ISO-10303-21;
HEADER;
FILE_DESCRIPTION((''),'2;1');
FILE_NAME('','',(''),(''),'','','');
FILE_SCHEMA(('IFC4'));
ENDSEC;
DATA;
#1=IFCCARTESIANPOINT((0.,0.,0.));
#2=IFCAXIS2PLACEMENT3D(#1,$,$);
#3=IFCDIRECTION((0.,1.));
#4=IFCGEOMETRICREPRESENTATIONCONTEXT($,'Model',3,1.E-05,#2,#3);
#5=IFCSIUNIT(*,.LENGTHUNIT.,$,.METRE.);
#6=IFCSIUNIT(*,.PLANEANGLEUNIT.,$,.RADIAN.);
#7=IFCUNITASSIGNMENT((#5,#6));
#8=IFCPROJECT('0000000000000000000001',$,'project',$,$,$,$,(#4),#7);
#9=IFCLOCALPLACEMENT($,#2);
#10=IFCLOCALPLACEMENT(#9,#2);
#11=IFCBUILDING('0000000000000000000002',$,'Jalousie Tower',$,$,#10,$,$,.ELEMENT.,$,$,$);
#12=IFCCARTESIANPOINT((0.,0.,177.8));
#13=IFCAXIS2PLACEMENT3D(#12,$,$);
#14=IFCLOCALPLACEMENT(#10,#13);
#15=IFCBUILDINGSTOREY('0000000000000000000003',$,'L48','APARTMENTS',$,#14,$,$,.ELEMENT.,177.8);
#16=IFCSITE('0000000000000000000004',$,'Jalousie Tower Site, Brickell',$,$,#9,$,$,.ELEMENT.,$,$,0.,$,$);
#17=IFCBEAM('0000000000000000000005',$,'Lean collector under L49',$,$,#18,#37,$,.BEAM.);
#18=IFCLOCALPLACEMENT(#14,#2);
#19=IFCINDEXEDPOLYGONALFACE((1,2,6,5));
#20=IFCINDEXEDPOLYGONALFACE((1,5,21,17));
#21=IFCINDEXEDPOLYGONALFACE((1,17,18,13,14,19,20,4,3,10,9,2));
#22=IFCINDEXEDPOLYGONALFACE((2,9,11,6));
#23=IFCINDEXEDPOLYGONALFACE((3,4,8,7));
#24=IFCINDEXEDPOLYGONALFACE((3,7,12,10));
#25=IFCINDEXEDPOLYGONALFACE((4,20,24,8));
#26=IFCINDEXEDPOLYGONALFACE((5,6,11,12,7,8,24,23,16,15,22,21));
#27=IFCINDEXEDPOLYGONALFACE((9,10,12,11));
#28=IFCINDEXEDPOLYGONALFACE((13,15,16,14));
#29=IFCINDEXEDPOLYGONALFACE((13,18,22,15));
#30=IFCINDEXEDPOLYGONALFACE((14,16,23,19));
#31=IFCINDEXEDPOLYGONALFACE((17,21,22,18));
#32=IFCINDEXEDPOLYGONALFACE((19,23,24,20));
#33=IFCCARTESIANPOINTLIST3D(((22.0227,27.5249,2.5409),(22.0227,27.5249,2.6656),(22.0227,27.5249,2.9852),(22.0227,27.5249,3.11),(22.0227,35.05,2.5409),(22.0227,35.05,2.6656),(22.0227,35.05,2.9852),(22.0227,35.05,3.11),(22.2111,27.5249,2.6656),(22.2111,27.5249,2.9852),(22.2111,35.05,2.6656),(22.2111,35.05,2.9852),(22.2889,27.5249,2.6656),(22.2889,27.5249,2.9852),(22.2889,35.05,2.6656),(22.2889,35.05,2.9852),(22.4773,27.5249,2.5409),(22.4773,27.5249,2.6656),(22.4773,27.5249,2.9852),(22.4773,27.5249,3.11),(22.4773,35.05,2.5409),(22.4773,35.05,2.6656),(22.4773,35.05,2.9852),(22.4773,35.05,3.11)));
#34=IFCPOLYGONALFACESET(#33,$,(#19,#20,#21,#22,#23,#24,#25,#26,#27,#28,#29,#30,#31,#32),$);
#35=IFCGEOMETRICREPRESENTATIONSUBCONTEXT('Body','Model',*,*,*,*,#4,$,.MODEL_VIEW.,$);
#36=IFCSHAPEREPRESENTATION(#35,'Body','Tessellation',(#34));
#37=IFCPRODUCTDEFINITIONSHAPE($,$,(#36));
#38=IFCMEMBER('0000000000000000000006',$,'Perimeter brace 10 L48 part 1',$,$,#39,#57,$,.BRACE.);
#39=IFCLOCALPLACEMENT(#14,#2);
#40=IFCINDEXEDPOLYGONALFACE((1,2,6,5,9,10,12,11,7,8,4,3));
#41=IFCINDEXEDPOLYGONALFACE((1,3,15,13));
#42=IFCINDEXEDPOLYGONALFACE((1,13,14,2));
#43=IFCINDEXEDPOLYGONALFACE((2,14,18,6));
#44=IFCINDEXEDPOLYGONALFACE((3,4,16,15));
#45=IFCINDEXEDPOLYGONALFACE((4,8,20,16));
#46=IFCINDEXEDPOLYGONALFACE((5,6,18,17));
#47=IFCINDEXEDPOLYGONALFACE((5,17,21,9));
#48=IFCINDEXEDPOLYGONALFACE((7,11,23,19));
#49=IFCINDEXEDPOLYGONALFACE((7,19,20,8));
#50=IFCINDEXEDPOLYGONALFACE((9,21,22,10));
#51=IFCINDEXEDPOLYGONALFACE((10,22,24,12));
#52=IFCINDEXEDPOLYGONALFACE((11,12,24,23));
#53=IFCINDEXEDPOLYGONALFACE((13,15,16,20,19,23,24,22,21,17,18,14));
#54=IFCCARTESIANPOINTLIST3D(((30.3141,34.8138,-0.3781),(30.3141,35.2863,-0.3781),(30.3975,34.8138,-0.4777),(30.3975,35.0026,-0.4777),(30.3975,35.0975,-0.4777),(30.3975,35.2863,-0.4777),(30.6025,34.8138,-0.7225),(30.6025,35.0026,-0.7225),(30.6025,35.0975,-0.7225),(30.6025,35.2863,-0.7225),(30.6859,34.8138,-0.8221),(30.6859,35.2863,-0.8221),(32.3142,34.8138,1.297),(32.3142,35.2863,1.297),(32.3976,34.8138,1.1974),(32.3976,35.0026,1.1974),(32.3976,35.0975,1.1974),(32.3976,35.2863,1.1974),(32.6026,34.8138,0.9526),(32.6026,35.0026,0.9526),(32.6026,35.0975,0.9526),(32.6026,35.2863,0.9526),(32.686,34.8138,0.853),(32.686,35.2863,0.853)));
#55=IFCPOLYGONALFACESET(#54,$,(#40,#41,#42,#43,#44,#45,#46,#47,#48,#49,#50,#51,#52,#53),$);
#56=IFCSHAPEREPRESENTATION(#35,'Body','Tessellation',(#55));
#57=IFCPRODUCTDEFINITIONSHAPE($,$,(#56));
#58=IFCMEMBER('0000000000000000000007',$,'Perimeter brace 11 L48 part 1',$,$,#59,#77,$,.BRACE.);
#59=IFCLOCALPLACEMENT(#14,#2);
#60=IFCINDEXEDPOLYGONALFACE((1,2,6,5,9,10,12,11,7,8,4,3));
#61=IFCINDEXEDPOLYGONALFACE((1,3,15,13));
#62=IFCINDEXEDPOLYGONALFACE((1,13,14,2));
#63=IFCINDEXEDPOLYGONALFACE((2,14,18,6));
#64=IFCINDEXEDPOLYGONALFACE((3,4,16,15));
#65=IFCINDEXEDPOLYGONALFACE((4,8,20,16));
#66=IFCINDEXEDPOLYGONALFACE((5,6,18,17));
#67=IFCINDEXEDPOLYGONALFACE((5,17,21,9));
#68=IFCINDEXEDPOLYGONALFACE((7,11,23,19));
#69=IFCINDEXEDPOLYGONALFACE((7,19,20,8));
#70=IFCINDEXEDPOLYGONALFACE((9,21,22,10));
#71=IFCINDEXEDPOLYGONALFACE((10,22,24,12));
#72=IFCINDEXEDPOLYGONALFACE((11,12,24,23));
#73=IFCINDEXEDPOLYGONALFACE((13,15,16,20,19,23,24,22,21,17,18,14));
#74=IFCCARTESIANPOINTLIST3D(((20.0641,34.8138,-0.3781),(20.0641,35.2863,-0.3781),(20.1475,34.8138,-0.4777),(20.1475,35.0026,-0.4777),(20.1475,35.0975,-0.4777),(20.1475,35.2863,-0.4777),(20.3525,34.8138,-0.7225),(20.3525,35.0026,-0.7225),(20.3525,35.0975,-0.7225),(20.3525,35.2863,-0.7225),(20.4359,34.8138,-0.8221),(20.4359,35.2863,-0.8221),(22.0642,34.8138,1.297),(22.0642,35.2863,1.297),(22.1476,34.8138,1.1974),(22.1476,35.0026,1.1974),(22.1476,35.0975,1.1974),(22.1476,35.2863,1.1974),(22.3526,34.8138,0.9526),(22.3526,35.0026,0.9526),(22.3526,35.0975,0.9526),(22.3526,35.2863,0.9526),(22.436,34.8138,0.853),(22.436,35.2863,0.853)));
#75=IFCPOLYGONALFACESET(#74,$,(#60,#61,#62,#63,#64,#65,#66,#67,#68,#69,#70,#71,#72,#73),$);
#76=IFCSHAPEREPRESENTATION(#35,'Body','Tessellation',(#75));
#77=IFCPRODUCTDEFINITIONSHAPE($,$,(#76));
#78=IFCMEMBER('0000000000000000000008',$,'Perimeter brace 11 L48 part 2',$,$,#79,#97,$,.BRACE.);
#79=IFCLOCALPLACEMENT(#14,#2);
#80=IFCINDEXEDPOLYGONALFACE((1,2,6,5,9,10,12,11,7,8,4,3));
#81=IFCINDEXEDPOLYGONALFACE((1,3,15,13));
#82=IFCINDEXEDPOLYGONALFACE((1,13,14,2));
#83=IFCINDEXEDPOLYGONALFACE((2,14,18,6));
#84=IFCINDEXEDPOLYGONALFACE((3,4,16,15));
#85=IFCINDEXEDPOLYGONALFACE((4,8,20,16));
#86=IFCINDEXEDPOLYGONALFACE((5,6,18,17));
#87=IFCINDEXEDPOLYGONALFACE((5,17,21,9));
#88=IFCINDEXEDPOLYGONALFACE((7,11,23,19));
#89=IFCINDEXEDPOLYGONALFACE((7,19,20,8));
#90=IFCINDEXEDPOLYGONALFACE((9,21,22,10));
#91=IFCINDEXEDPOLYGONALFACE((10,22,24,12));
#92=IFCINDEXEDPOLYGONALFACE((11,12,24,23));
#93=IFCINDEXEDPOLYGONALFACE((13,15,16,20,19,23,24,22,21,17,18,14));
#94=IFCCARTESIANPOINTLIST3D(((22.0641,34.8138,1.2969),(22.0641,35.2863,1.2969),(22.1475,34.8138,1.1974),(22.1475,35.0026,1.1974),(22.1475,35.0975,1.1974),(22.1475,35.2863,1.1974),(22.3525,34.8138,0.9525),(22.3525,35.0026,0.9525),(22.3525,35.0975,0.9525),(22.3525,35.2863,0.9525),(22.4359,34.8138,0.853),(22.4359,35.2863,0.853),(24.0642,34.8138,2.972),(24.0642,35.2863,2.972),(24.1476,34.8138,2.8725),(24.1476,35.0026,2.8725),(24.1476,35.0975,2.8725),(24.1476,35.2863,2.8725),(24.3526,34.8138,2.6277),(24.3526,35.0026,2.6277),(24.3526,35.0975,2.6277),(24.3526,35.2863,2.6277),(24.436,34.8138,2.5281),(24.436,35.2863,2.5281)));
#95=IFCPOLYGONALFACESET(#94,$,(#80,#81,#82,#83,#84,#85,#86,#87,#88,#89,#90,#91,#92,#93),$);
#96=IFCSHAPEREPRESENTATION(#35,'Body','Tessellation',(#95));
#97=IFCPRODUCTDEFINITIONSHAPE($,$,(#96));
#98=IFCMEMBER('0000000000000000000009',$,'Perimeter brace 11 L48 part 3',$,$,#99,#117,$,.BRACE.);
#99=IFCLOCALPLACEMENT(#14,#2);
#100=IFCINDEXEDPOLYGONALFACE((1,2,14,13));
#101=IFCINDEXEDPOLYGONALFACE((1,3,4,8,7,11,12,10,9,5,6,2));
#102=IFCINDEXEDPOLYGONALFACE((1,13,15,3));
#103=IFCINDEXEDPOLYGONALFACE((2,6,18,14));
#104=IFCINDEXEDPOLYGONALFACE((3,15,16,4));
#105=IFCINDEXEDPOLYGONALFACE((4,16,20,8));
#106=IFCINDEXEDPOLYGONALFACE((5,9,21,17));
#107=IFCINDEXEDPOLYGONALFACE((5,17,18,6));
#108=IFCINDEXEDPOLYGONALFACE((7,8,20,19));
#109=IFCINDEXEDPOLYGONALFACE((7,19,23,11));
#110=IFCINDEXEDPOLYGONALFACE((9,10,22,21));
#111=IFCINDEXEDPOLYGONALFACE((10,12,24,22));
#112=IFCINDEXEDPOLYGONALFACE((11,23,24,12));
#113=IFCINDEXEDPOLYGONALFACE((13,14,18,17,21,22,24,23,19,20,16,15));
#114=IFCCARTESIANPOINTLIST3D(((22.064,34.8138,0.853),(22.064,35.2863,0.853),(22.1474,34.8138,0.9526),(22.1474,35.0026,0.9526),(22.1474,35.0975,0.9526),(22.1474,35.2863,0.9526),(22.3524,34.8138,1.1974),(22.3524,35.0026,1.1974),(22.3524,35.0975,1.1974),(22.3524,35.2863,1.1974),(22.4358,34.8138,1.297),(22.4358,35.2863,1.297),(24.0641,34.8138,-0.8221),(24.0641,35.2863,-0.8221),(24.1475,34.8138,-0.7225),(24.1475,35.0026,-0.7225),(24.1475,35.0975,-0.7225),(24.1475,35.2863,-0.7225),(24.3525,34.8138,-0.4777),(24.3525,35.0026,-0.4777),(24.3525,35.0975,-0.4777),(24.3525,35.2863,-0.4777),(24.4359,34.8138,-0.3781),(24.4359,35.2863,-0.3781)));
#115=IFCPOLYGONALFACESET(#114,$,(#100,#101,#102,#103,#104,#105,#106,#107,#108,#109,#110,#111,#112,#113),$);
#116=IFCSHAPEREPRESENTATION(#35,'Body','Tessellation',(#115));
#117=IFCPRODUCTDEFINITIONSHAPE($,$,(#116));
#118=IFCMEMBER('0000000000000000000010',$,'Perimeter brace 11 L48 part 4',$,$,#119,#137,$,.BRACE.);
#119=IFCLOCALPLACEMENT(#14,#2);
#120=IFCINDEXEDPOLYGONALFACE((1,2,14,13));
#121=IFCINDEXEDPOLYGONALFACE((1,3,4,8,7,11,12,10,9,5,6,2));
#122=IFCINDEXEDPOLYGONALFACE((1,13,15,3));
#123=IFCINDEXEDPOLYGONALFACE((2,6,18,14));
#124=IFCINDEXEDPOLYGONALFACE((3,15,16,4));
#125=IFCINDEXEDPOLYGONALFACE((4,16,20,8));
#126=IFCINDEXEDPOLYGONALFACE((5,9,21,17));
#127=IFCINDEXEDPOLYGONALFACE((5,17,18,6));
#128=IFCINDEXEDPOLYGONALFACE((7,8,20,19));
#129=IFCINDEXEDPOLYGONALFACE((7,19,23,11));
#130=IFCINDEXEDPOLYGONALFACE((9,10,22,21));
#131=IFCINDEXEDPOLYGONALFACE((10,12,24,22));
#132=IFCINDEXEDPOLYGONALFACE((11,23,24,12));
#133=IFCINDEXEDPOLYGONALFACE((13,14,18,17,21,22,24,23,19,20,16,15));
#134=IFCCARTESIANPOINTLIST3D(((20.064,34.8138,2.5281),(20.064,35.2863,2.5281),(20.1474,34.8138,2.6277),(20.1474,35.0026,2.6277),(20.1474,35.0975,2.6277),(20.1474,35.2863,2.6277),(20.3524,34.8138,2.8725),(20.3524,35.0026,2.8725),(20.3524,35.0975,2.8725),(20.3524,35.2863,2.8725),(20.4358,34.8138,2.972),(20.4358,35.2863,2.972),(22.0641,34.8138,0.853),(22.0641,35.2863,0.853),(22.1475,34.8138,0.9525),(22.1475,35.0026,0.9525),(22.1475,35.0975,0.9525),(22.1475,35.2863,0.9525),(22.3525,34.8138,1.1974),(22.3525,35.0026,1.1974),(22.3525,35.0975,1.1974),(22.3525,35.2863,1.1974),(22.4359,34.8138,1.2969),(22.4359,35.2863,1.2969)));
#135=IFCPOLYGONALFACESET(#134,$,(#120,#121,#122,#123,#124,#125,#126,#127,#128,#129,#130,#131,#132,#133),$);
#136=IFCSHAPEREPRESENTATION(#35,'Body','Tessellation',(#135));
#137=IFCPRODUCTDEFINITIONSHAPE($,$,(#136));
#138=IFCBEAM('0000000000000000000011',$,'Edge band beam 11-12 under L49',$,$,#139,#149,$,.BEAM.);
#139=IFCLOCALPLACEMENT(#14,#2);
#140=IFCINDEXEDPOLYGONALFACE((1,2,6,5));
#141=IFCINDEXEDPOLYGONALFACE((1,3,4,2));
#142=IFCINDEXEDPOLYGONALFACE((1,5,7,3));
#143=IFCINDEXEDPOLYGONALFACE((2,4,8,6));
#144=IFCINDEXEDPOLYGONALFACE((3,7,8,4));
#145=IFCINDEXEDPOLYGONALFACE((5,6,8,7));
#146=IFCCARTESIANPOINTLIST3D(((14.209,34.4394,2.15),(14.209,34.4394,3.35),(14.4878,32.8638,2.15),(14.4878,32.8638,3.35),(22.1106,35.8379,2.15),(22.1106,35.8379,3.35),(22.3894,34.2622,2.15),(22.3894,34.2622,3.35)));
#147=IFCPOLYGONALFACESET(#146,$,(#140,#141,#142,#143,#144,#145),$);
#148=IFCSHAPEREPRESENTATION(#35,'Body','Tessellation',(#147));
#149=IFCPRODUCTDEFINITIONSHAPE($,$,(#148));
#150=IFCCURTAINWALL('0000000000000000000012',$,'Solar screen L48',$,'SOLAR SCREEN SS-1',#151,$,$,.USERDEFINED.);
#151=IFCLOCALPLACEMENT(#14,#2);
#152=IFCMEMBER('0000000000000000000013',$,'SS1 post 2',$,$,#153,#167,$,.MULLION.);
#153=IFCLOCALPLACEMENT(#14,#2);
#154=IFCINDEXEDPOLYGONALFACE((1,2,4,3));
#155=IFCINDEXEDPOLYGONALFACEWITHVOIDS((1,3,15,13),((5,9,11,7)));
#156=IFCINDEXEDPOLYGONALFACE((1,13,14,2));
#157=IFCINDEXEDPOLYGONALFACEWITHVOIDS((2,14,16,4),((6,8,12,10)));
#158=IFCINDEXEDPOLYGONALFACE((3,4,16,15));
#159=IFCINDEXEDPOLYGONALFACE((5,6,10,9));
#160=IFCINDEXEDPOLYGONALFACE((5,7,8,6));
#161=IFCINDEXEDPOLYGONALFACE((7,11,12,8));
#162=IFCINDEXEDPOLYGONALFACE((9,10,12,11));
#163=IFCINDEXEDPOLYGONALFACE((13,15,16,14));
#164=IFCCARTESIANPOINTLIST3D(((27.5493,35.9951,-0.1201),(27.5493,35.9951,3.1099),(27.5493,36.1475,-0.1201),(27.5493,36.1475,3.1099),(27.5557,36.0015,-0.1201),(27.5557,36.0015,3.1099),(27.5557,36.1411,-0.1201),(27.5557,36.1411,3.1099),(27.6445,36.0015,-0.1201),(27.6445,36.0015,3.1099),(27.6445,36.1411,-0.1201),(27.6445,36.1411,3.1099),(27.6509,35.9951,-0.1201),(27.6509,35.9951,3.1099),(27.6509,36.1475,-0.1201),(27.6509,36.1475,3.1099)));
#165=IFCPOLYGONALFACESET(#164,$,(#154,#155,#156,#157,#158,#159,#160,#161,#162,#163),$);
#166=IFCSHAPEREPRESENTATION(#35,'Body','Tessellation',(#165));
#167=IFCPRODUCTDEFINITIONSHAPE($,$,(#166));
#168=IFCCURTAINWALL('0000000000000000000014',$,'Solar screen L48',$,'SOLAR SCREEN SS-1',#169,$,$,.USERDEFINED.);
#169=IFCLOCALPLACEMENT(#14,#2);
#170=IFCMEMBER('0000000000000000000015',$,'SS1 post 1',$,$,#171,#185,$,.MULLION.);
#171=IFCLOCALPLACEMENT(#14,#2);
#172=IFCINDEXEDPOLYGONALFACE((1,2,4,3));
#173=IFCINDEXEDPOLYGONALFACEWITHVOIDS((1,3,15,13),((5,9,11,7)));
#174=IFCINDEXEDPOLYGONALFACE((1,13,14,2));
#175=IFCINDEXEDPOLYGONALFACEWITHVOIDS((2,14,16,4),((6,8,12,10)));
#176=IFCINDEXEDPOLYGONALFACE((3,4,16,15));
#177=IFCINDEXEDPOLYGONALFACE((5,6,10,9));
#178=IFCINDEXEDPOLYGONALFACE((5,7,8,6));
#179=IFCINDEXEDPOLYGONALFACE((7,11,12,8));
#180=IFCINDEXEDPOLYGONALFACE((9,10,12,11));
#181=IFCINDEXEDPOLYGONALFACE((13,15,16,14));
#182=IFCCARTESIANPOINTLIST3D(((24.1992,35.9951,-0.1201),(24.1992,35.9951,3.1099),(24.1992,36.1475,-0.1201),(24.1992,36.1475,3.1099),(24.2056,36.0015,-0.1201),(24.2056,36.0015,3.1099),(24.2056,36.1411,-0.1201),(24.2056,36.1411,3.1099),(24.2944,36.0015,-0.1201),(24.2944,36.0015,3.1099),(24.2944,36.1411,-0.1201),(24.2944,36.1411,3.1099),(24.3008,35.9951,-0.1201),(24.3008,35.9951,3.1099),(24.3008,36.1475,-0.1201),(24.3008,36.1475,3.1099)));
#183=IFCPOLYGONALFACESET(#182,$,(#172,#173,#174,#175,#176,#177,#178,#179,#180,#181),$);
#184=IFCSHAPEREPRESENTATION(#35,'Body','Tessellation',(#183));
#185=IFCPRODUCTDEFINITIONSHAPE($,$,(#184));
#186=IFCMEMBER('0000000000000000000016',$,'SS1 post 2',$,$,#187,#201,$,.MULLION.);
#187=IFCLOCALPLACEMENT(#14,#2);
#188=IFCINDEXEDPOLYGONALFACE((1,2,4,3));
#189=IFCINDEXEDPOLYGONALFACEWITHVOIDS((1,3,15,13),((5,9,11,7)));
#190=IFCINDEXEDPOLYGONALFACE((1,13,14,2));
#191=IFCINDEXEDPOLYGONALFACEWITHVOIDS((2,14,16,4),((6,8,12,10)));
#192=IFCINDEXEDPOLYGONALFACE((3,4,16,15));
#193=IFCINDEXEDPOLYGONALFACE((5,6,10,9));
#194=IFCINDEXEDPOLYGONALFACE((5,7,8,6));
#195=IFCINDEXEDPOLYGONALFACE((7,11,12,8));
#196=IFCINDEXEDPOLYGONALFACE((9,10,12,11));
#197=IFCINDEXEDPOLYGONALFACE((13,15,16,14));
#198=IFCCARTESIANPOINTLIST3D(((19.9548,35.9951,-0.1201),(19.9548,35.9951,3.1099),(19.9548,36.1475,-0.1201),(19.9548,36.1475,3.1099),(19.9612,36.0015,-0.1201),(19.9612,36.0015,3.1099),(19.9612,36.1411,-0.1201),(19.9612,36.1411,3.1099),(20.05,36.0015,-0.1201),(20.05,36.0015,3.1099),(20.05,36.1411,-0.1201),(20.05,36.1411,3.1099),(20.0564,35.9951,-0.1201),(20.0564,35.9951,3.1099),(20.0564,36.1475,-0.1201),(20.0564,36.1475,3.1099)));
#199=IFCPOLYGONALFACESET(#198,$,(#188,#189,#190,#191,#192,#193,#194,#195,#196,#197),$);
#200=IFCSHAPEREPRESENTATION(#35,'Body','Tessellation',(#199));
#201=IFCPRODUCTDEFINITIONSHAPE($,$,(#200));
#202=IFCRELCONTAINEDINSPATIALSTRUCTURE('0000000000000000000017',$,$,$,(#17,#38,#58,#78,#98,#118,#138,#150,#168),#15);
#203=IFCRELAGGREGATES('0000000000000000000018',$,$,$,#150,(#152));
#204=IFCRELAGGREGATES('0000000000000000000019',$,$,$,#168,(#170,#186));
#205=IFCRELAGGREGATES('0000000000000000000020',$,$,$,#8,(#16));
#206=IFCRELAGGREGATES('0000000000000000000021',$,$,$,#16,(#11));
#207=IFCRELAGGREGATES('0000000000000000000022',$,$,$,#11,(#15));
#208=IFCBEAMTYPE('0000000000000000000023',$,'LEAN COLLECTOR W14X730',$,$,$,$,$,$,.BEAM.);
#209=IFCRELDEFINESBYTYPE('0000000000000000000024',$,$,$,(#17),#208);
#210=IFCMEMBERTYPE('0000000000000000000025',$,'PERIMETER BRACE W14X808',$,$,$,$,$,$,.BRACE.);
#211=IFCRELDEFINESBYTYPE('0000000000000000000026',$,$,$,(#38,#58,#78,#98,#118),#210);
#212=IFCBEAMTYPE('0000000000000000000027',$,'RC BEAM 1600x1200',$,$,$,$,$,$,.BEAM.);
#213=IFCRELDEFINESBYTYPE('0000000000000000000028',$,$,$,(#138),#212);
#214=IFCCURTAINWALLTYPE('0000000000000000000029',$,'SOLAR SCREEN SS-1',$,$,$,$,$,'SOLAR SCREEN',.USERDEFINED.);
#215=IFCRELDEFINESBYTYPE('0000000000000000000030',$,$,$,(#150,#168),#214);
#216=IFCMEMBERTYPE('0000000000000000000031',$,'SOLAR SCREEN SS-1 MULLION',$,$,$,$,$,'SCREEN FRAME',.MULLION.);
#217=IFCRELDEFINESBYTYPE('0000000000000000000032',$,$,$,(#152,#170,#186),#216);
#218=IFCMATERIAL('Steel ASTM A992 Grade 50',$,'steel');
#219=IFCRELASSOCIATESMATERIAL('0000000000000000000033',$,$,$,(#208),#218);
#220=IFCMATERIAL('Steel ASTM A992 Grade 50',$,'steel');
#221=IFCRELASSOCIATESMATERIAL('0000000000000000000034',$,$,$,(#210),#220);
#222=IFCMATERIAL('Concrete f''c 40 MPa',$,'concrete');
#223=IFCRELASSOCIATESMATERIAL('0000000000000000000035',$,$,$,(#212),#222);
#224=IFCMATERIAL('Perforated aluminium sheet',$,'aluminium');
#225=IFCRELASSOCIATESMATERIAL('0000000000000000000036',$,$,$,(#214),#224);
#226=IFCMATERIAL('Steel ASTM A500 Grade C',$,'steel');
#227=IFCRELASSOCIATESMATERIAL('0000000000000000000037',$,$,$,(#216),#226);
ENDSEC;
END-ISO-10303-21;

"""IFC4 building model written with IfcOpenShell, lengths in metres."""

from ifc_helpers import new_model, si_unit, direction, frame, origin, origin_2d, place, context, subcontext, project, spatial, rectangle, hollow_rectangle, i_section, extrude, material, material_profile, profile_set, type_object, element, aggregate, save


model = new_model("IFC4")

# Units and contexts
model_context = context("Model", 3, precision=1e-05, world=origin(), true_north=direction((0.0, 1.0)))
body_context = subcontext(model_context, "Body", "Model", "MODEL_VIEW")
ifc_project = project(units=[si_unit("LENGTHUNIT", "METRE"), si_unit("PLANEANGLEUNIT", "RADIAN")], contexts=[model_context])

# Site, building, storey
site_placement = place(None, origin())
site = spatial("IfcSite", under=ifc_project, at=site_placement, Name="Jalousie Tower Site, Brickell", CompositionType="ELEMENT", RefElevation=0.0)
building_placement = place(site_placement, origin())
building = spatial("IfcBuilding", under=site, at=building_placement, Name="Jalousie Tower", CompositionType="ELEMENT")
storey_placement = place(building_placement, frame((0.0, 0.0, 177.8)))
storey = spatial("IfcBuildingStorey", under=building, at=storey_placement, Name="L48", Description="APARTMENTS", CompositionType="ELEMENT", Elevation=177.8)

# Beam
ifc_material_1 = material(Name="Steel ASTM A992 Grade 50", Category="steel")
ifc_material_profile_1 = material_profile(ifc_material_1, i_section(OverallWidth=0.4546, OverallDepth=0.5691, WebThickness=0.0779, FlangeThickness=0.1248, at=origin_2d()), Name="W14X730")
ifc_profile_set_1 = profile_set([ifc_material_profile_1], Name="Steel ASTM A992 Grade 50")
beam_type_1 = type_object("IfcBeamType", Name="LEAN COLLECTOR W14X730", PredefinedType="BEAM", material=ifc_profile_set_1)
beam_1_placement = place(storey_placement, frame((22.25, 35.05, 2.8254), z_axis=(0.0, -1.0, 0.0), x_axis=(1.0, 0.0, 0.0)))
element("IfcBeam", 1, at=beam_1_placement, inside=storey, type_object=beam_type_1, Name="Lean collector under L49", PredefinedType="BEAM", context=body_context, shape_type="SweptSolid", body=[
    extrude(i_section(OverallWidth=0.4546, OverallDepth=0.5691, WebThickness=0.0779, FlangeThickness=0.1248, at=origin_2d()), origin(), (0.0, 0.0, 1.0), 7.5251),
])

# Members
ifc_material_2 = material(Name="Steel ASTM A992 Grade 50", Category="steel")
ifc_material_profile_2 = material_profile(ifc_material_2, i_section(OverallWidth=0.4724, OverallDepth=0.5791, WebThickness=0.095, FlangeThickness=0.1299, at=origin_2d()), Name="W14X808")
ifc_profile_set_2 = profile_set([ifc_material_profile_2], Name="Steel ASTM A992 Grade 50")
member_type_1 = type_object("IfcMemberType", Name="PERIMETER BRACE W14X808", PredefinedType="BRACE", material=ifc_profile_set_2)
for number, where, z_axis, x_axis, name in (
    (2, (30.5, 35.05, -0.6001), (0.766639, 0.0, 0.642079), (0.0, 1.0, 0.0), "Perimeter brace 10 L48 part 1"),
    (3, (20.25, 35.05, -0.6001), (0.766639, 0.0, 0.642079), (0.0, 1.0, 0.0), "Perimeter brace 11 L48 part 1"),
    (4, (22.25, 35.05, 1.075), (0.766639, 0.0, 0.642079), (0.0, 1.0, 0.0), "Perimeter brace 11 L48 part 2"),
    (5, (24.25, 35.05, -0.6001), (-0.766639, 0.0, 0.642079), (0.0, -1.0, 0.0), "Perimeter brace 11 L48 part 3"),
    (6, (22.25, 35.05, 1.075), (-0.766639, 0.0, 0.642079), (0.0, -1.0, 0.0), "Perimeter brace 11 L48 part 4"),
):
    element("IfcMember", number, at=place(storey_placement, frame(where, z_axis=z_axis, x_axis=x_axis)), inside=storey, type_object=member_type_1, Name=name, PredefinedType="BRACE", context=body_context, shape_type="SweptSolid", body=[
        extrude(i_section(OverallWidth=0.4724, OverallDepth=0.5791, WebThickness=0.095, FlangeThickness=0.1299, at=origin_2d()), origin(), (0.0, 0.0, 1.0), 2.6089),
    ])

# Beam
ifc_material_3 = material(Name="Concrete f'c 40 MPa", Category="concrete")
ifc_material_profile_3 = material_profile(ifc_material_3, rectangle(XDim=1.6001, YDim=1.2, at=origin_2d()), Name="RC 1600x1200")
ifc_profile_set_3 = profile_set([ifc_material_profile_3], Name="Concrete f'c 40 MPa")
beam_type_2 = type_object("IfcBeamType", Name="RC BEAM 1600x1200", PredefinedType="BEAM", material=ifc_profile_set_3)
beam_2_placement = place(storey_placement, frame((22.25, 35.05, 2.75), z_axis=(-0.984697, -0.174273, 0.0), x_axis=(0.174273, -0.984697, 0.0)))
element("IfcBeam", 7, at=beam_2_placement, inside=storey, type_object=beam_type_2, Name="Edge band beam 11-12 under L49", PredefinedType="BEAM", context=body_context, shape_type="SweptSolid", body=[
    extrude(rectangle(XDim=1.6001, YDim=1.2, at=origin_2d()), origin(), (0.0, 0.0, 1.0), 8.0244),
])

# Curtain wall, member
ifc_material_4 = material(Name="Perforated aluminium sheet", Category="aluminium")
curtain_wall_type = type_object("IfcCurtainWallType", Name="SOLAR SCREEN SS-1", ElementType="SOLAR SCREEN", PredefinedType="USERDEFINED", material=ifc_material_4)
curtain_wall_1_placement = place(storey_placement, origin())
curtain_wall_1 = element("IfcCurtainWall", 8, at=curtain_wall_1_placement, inside=storey, type_object=curtain_wall_type, Name="Solar screen L48", ObjectType="SOLAR SCREEN SS-1", PredefinedType="USERDEFINED")
ifc_material_5 = material(Name="Steel ASTM A500 Grade C", Category="steel")
ifc_material_profile_4 = material_profile(ifc_material_5, hollow_rectangle(XDim=0.1016, YDim=0.1523, WallThickness=0.0063, at=origin_2d()), Name="HSS6X4X1/4")
ifc_profile_set_4 = profile_set([ifc_material_profile_4], Name="Steel ASTM A500 Grade C")
member_type_2 = type_object("IfcMemberType", Name="SOLAR SCREEN SS-1 MULLION", ElementType="SCREEN FRAME", PredefinedType="MULLION", material=ifc_profile_set_4)
member_1_placement = place(storey_placement, frame((27.6001, 36.0713, -0.1201), z_axis=(0.0, 0.0, 1.0), x_axis=(-1.0, 0.0, 0.0)))
member_1 = element("IfcMember", 9, at=member_1_placement, type_object=member_type_2, Name="SS1 post 2", PredefinedType="MULLION", context=body_context, shape_type="SweptSolid", body=[
    extrude(hollow_rectangle(XDim=0.1016, YDim=0.1523, WallThickness=0.0063, at=origin_2d()), origin(), (0.0, 0.0, 1.0), 3.23),
])

# Curtain wall, members
curtain_wall_2_placement = place(storey_placement, origin())
curtain_wall_2 = element("IfcCurtainWall", 10, at=curtain_wall_2_placement, inside=storey, type_object=curtain_wall_type, Name="Solar screen L48", ObjectType="SOLAR SCREEN SS-1", PredefinedType="USERDEFINED")
member_2_placement = place(storey_placement, frame((24.25, 36.0713, -0.1201), z_axis=(0.0, 0.0, 1.0), x_axis=(-1.0, 0.0, 0.0)))
member_2 = element("IfcMember", 11, at=member_2_placement, type_object=member_type_2, Name="SS1 post 1", PredefinedType="MULLION", context=body_context, shape_type="SweptSolid", body=[
    extrude(hollow_rectangle(XDim=0.1016, YDim=0.1523, WallThickness=0.0063, at=origin_2d()), origin(), (0.0, 0.0, 1.0), 3.23),
])
member_3_placement = place(storey_placement, frame((20.0056, 36.0713, -0.1201), z_axis=(0.0, 0.0, 1.0), x_axis=(-1.0, 0.0, 0.0)))
member_3 = element("IfcMember", 12, at=member_3_placement, type_object=member_type_2, Name="SS1 post 2", PredefinedType="MULLION", context=body_context, shape_type="SweptSolid", body=[
    extrude(hollow_rectangle(XDim=0.1016, YDim=0.1523, WallThickness=0.0063, at=origin_2d()), origin(), (0.0, 0.0, 1.0), 3.23),
])

aggregate(curtain_wall_1, [member_1])
aggregate(curtain_wall_2, [member_2, member_3])

save(model, "model.ifc")
